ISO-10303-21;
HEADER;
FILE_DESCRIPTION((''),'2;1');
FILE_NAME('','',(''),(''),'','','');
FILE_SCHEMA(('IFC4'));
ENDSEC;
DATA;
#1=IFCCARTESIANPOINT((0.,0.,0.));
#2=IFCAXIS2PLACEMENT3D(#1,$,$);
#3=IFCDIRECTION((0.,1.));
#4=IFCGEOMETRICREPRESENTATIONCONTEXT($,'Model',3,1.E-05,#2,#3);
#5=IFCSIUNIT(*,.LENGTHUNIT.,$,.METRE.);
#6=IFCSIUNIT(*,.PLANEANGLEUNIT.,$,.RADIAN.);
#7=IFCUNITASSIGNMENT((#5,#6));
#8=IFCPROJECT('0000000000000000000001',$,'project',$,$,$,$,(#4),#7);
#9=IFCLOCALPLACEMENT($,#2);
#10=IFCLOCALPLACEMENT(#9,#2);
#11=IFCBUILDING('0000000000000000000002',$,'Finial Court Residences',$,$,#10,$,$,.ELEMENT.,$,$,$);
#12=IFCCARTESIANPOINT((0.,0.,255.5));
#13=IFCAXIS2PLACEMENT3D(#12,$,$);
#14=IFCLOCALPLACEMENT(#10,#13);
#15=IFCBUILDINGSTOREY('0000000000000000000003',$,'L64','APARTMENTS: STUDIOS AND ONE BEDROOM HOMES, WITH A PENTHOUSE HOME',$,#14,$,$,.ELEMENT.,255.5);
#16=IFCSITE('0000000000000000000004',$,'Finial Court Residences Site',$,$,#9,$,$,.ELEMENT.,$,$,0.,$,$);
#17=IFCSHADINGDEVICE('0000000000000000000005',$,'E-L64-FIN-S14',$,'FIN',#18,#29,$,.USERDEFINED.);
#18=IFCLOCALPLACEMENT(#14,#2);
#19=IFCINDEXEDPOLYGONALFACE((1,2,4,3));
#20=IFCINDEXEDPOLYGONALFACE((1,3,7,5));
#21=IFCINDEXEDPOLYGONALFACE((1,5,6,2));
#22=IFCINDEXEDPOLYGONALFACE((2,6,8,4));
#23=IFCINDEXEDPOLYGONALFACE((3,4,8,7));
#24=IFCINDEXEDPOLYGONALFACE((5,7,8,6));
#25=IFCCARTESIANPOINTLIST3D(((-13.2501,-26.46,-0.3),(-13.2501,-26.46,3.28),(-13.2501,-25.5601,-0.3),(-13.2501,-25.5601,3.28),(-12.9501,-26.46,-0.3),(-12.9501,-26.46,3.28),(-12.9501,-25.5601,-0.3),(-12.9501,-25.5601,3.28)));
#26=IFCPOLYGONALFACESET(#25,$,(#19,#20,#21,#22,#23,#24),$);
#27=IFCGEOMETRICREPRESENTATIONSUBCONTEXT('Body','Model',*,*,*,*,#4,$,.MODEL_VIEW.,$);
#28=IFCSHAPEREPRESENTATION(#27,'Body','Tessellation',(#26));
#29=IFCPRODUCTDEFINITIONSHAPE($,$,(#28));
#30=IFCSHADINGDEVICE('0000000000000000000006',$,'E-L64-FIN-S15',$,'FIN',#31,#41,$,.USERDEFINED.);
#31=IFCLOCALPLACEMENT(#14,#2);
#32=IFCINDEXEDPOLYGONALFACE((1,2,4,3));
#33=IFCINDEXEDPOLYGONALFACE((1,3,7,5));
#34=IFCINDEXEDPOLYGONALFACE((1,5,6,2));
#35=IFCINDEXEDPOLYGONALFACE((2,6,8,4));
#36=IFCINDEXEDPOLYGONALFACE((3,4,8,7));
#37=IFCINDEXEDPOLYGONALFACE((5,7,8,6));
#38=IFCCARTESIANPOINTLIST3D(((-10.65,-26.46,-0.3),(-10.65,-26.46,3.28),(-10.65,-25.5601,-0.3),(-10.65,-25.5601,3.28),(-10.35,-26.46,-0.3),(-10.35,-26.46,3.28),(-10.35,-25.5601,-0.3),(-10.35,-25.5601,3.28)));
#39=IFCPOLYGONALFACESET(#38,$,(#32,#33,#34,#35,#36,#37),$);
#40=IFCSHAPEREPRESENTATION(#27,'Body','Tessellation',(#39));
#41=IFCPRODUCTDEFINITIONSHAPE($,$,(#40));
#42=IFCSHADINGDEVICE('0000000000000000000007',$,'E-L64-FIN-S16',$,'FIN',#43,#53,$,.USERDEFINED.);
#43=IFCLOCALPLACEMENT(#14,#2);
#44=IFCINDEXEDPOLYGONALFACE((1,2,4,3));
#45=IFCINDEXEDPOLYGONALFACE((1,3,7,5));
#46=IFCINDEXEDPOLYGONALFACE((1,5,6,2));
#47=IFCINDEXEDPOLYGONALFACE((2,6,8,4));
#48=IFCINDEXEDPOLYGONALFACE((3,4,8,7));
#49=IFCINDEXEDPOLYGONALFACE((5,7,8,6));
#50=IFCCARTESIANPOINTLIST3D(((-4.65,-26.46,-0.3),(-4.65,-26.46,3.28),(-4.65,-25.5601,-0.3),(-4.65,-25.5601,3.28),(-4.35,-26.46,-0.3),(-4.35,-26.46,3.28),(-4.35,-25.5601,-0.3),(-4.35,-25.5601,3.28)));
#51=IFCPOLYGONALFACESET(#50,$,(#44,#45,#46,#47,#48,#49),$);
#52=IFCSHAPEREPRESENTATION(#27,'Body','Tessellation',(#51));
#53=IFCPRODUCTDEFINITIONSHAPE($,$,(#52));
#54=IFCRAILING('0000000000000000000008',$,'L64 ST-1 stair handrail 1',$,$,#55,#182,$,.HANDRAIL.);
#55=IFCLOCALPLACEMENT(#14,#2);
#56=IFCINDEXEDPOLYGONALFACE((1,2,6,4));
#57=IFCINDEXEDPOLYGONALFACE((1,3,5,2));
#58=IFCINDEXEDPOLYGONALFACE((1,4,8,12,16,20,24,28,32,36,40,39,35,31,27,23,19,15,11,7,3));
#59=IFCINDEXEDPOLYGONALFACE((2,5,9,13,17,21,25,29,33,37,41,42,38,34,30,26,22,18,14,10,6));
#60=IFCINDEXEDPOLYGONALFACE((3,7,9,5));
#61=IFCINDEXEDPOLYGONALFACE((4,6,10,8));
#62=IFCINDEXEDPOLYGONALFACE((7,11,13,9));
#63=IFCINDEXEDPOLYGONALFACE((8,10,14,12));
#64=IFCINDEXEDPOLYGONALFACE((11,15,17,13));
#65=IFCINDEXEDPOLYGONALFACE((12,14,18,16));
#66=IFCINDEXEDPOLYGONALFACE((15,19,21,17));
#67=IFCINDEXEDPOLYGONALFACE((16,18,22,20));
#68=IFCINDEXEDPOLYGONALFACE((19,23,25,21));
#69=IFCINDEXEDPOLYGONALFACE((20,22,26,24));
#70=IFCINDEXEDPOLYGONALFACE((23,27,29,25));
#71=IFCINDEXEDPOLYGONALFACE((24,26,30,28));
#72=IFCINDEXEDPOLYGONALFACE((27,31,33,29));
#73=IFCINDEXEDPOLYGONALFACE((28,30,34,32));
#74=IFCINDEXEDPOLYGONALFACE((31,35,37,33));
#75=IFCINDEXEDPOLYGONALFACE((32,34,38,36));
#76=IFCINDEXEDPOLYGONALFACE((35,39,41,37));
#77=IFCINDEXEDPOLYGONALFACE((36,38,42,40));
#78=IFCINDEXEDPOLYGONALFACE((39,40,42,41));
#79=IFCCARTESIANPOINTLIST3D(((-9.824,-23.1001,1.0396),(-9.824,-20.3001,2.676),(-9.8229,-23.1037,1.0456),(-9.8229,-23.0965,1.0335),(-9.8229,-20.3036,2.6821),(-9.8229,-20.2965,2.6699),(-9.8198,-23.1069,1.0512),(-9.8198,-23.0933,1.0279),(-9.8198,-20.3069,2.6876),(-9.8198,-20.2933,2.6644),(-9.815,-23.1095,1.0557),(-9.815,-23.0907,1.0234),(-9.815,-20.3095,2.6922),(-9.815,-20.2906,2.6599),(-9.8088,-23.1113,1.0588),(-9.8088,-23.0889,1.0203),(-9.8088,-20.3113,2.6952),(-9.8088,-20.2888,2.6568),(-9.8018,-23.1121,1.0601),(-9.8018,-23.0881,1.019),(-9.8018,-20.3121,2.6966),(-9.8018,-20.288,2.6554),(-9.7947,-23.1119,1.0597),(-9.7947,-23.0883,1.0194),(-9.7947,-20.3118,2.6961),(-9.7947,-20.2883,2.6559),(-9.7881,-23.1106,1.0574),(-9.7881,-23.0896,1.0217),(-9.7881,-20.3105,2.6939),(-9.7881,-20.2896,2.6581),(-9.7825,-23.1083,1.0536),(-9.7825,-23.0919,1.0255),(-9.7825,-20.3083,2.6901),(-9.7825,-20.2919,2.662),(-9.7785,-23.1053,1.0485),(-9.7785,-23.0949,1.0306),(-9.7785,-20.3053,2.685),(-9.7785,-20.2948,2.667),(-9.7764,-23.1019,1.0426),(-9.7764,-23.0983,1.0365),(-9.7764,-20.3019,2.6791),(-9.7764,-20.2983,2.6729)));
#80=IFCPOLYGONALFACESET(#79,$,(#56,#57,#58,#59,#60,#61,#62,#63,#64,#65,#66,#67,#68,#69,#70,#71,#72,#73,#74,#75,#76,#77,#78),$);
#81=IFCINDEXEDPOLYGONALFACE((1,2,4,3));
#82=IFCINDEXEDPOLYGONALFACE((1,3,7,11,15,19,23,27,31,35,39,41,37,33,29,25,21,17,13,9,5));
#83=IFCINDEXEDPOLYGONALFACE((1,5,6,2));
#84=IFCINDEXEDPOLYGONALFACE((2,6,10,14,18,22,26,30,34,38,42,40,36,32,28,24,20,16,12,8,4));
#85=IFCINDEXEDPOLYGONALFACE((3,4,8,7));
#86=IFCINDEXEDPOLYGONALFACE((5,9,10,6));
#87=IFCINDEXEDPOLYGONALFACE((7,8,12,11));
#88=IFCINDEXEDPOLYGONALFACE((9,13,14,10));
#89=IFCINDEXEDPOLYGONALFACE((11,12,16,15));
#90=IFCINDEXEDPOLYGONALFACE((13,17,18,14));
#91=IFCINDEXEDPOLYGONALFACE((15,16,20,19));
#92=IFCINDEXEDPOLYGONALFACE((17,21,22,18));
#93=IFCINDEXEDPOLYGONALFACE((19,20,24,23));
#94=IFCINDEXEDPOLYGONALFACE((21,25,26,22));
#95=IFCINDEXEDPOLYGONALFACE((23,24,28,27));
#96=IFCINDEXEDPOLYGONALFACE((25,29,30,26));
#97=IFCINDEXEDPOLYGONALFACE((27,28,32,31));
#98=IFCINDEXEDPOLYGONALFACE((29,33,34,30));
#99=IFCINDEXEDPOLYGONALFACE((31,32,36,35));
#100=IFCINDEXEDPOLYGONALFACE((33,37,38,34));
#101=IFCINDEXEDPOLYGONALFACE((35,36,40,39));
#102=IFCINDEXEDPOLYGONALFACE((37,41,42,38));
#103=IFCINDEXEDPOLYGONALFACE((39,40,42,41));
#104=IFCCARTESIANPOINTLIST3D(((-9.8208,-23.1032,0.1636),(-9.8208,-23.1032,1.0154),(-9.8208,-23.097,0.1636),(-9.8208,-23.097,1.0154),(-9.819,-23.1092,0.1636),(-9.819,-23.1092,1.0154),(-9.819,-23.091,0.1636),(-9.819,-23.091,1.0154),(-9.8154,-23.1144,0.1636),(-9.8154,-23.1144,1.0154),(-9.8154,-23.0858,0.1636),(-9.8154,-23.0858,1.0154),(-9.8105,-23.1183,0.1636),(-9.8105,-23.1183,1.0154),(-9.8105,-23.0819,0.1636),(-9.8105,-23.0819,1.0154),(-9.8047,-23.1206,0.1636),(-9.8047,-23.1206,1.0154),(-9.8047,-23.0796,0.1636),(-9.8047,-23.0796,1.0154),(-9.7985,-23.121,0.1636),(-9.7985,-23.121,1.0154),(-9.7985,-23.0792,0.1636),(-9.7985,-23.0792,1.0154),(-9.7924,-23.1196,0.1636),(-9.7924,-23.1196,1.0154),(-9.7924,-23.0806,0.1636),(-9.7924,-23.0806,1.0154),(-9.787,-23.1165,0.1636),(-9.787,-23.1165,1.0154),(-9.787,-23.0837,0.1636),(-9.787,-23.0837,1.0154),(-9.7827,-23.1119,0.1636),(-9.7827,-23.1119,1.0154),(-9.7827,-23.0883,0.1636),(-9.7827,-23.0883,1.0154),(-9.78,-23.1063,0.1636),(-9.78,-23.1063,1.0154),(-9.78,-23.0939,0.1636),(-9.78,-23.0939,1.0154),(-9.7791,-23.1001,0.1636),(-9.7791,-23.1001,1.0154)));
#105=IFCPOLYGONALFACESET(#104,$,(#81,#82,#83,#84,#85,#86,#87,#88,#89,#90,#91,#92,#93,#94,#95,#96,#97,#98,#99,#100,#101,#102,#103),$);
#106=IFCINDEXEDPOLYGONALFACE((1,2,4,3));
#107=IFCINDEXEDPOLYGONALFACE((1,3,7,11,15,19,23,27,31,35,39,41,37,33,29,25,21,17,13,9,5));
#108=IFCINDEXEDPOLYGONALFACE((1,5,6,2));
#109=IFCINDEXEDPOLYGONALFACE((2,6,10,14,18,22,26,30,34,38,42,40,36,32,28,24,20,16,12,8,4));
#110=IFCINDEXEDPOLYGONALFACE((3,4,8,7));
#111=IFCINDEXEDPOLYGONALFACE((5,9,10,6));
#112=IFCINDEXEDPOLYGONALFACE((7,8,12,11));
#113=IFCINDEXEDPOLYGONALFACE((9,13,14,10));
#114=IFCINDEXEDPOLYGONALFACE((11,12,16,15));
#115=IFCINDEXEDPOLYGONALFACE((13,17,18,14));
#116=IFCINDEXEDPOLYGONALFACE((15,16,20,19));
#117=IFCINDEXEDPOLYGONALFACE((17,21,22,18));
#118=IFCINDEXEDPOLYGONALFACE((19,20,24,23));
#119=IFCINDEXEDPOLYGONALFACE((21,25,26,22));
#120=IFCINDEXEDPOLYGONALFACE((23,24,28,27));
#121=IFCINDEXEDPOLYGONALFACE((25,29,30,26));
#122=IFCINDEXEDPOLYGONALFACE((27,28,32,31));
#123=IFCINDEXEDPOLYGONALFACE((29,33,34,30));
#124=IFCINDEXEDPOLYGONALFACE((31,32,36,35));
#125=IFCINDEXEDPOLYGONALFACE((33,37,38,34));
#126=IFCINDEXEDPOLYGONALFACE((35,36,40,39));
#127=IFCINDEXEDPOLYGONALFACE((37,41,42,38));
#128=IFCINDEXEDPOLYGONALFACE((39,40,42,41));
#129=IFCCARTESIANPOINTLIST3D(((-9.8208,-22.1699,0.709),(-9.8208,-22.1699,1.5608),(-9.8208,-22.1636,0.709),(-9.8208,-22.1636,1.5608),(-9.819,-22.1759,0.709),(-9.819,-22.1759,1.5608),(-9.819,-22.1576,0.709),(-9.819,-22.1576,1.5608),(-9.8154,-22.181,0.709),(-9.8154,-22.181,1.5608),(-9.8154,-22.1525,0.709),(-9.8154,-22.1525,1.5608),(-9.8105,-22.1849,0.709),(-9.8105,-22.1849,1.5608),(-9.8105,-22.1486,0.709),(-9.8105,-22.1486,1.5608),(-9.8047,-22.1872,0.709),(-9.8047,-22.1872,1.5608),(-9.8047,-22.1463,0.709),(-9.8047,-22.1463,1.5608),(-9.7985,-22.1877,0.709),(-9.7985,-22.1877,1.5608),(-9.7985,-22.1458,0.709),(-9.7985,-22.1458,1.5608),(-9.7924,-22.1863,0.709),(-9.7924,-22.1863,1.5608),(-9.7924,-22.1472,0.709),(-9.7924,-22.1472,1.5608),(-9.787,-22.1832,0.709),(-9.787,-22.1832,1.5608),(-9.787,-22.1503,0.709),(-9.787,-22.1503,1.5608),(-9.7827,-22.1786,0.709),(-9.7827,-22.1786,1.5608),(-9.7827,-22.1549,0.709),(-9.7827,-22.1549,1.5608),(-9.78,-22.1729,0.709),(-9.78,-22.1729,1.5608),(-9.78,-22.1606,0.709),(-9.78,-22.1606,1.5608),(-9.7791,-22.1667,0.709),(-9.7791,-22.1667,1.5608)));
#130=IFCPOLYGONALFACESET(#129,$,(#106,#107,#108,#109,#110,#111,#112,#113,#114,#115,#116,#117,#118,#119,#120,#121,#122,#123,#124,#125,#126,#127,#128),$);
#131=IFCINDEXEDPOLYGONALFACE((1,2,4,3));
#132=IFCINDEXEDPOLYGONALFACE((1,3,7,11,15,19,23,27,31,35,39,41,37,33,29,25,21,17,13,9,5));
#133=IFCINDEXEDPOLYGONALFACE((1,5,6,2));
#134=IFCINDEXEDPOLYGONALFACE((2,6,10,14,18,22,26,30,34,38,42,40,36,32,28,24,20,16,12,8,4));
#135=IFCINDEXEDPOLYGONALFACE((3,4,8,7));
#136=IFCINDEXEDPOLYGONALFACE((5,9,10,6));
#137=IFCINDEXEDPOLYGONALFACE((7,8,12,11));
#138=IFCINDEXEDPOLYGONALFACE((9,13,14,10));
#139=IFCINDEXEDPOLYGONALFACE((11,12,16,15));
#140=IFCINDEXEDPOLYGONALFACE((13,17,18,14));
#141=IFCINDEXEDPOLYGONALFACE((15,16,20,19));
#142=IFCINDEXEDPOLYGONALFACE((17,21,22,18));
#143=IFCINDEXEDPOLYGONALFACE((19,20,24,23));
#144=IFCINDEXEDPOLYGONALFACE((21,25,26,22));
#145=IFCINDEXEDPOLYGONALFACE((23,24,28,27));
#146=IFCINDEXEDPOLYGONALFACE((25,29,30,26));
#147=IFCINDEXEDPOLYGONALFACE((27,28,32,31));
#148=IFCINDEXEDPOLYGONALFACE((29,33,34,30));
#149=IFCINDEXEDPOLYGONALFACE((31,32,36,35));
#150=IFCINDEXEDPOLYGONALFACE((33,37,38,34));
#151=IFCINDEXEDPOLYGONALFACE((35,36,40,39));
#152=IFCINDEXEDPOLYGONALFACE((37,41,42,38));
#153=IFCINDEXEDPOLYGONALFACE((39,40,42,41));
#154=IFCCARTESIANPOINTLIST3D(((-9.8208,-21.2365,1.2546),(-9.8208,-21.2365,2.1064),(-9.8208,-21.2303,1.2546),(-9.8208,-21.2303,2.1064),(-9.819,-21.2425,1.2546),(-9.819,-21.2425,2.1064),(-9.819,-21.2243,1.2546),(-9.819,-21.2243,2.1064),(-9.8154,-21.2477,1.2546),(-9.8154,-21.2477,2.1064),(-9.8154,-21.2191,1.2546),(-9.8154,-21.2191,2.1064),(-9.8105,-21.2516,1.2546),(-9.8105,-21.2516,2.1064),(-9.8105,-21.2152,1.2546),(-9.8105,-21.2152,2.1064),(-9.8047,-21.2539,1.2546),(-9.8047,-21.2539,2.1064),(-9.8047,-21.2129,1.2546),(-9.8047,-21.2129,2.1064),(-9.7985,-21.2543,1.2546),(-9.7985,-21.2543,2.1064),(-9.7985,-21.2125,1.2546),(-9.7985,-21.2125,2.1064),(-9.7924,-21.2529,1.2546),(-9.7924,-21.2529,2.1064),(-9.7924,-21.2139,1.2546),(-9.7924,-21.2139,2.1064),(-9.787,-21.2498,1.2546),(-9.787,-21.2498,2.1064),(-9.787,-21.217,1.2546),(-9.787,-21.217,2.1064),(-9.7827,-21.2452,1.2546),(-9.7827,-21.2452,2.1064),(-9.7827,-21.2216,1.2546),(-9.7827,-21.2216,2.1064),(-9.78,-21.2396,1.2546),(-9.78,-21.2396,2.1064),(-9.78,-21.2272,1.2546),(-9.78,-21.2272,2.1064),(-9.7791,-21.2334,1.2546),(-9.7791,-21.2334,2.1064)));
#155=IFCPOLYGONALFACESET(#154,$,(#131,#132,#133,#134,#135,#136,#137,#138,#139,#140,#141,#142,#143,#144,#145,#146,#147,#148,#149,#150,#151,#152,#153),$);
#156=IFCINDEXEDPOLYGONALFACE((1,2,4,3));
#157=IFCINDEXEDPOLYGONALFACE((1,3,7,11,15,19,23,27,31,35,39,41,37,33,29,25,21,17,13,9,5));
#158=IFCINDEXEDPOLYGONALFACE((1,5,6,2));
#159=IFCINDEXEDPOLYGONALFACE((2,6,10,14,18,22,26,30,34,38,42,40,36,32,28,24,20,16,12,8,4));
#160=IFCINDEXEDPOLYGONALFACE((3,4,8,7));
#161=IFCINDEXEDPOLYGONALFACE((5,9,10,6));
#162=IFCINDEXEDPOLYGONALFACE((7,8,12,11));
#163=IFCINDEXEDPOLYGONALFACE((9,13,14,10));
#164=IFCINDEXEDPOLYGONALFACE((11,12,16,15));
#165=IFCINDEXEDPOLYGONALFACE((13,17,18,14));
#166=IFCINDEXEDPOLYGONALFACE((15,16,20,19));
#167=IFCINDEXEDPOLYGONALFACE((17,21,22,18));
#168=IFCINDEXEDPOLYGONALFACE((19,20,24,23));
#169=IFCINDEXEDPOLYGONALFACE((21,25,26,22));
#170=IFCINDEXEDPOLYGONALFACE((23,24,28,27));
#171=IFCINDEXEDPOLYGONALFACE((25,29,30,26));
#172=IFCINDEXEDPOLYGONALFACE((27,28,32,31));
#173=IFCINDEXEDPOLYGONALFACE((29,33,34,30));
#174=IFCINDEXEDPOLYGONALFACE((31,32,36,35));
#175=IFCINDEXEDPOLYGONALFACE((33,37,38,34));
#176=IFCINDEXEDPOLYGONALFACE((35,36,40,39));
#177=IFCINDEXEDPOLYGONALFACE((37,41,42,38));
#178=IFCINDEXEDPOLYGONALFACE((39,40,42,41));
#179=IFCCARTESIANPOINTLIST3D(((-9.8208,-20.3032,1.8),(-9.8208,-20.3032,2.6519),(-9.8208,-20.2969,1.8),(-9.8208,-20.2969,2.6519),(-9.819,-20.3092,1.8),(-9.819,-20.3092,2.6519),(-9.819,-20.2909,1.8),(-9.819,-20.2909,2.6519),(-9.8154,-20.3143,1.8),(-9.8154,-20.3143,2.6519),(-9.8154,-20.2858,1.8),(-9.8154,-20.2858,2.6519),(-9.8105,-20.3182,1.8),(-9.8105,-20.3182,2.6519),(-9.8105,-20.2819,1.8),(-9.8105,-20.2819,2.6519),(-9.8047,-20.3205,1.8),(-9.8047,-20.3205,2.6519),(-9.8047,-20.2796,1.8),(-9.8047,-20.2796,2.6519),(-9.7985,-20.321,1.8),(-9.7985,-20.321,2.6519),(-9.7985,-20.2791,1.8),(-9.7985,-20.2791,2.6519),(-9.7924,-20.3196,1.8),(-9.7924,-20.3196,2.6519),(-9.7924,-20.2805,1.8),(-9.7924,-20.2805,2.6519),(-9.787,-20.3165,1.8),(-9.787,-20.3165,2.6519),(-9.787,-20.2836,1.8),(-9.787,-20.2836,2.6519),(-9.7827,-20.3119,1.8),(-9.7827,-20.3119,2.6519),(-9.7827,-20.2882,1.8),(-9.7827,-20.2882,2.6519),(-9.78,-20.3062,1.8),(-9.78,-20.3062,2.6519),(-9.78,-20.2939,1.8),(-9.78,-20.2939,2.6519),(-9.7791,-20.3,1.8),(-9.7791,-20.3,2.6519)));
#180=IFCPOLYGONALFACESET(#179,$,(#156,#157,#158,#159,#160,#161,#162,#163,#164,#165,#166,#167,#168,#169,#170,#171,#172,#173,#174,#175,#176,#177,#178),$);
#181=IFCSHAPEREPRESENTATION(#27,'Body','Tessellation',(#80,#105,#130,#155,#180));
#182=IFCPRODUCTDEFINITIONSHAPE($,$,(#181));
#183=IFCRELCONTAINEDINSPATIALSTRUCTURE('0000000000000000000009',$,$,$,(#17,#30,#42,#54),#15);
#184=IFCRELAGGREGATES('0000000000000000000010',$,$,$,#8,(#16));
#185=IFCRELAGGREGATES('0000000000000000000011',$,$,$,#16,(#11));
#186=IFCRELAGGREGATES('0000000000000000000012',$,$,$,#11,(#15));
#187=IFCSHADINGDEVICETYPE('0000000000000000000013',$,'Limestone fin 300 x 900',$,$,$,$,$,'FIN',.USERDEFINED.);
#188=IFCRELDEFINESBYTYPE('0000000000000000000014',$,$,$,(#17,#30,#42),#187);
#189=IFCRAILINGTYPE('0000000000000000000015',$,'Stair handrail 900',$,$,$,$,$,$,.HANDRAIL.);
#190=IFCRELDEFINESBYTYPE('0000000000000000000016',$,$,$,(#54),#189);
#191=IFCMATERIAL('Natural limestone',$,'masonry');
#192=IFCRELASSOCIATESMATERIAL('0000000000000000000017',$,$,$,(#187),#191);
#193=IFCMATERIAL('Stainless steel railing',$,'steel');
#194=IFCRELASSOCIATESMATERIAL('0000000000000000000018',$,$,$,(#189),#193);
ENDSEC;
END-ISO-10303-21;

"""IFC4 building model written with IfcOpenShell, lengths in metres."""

from ifc_helpers import new_model, si_unit, direction, frame, origin, origin_2d, place, context, subcontext, project, spatial, rectangle, circle, extrude, material, type_object, element, save


model = new_model("IFC4")

# Units and contexts
model_context = context("Model", 3, precision=1e-05, world=origin(), true_north=direction((0.0, 1.0)))
body_context = subcontext(model_context, "Body", "Model", "MODEL_VIEW")
ifc_project = project(units=[si_unit("LENGTHUNIT", "METRE"), si_unit("PLANEANGLEUNIT", "RADIAN")], contexts=[model_context])

# Site, building, storey
site_placement = place(None, origin())
site = spatial("IfcSite", under=ifc_project, at=site_placement, Name="Finial Court Residences Site", CompositionType="ELEMENT", RefElevation=0.0)
building_placement = place(site_placement, origin())
building = spatial("IfcBuilding", under=site, at=building_placement, Name="Finial Court Residences", CompositionType="ELEMENT")
storey_placement = place(building_placement, frame((0.0, 0.0, 255.5)))
storey = spatial("IfcBuildingStorey", under=building, at=storey_placement, Name="L64", Description="APARTMENTS: STUDIOS AND ONE BEDROOM HOMES, WITH A PENTHOUSE HOME", CompositionType="ELEMENT", Elevation=255.5)

# Shading devices
ifc_material_1 = material(Name="Natural limestone", Category="masonry")
shading_device_type = type_object("IfcShadingDeviceType", Name="Limestone fin 300 x 900", ElementType="FIN", PredefinedType="USERDEFINED", material=ifc_material_1)
for number, where, z_axis, x_axis, name in (
    (1, (-13.1001, -26.01, -0.3), (0.0, 0.0, 1.0), (1.0, 0.0, 0.0), "E-L64-FIN-S14"),
    (2, (-10.5, -26.01, -0.3), (0.0, 0.0, 1.0), (1.0, 0.0, 0.0), "E-L64-FIN-S15"),
    (3, (-4.5, -26.01, -0.3), (0.0, 0.0, 1.0), (1.0, 0.0, 0.0), "E-L64-FIN-S16"),
):
    element("IfcShadingDevice", number, at=place(storey_placement, frame(where, z_axis=z_axis, x_axis=x_axis)), inside=storey, type_object=shading_device_type, Name=name, ObjectType="FIN", PredefinedType="USERDEFINED", context=body_context, shape_type="SweptSolid", body=[
        extrude(rectangle(XDim=0.3, YDim=0.8999, at=origin_2d()), origin(), (0.0, 0.0, 1.0), 3.5801),
    ])

# Railing
ifc_material_2 = material(Name="Stainless steel railing", Category="steel")
railing_type_1 = type_object("IfcRailingType", Name="Stair handrail 900", PredefinedType="HANDRAIL", material=ifc_material_2)
railing_1_placement = place(storey_placement, frame((-9.8, -23.1001, 0.1636)))
element("IfcRailing", 4, at=railing_1_placement, inside=storey, type_object=railing_type_1, Name="L64 ST-1 stair handrail 1", PredefinedType="HANDRAIL", context=body_context, shape_type="SweptSolid", body=[
    extrude(circle(Radius=0.0239, at=origin_2d()), frame((0.0, 0.0, 0.876), z_axis=(0.0, 0.863361, 0.504587), x_axis=(-1.0, 0.0, 0.0)), (0.0, 0.0, 1.0), 3.2432),
    extrude(circle(Radius=0.021, at=origin_2d()), origin(), (0.0, 0.0, 1.0), 0.8518),
    extrude(circle(Radius=0.021, at=origin_2d()), frame((0.0, 0.9333, 0.5454)), (0.0, 0.0, 1.0), 0.8518),
    extrude(circle(Radius=0.021, at=origin_2d()), frame((0.0, 1.8667, 1.0911)), (0.0, 0.0, 1.0), 0.8518),
    extrude(circle(Radius=0.021, at=origin_2d()), frame((0.0, 2.8, 1.6365)), (0.0, 0.0, 1.0), 0.8518),
])

save(model, "model.ifc")
